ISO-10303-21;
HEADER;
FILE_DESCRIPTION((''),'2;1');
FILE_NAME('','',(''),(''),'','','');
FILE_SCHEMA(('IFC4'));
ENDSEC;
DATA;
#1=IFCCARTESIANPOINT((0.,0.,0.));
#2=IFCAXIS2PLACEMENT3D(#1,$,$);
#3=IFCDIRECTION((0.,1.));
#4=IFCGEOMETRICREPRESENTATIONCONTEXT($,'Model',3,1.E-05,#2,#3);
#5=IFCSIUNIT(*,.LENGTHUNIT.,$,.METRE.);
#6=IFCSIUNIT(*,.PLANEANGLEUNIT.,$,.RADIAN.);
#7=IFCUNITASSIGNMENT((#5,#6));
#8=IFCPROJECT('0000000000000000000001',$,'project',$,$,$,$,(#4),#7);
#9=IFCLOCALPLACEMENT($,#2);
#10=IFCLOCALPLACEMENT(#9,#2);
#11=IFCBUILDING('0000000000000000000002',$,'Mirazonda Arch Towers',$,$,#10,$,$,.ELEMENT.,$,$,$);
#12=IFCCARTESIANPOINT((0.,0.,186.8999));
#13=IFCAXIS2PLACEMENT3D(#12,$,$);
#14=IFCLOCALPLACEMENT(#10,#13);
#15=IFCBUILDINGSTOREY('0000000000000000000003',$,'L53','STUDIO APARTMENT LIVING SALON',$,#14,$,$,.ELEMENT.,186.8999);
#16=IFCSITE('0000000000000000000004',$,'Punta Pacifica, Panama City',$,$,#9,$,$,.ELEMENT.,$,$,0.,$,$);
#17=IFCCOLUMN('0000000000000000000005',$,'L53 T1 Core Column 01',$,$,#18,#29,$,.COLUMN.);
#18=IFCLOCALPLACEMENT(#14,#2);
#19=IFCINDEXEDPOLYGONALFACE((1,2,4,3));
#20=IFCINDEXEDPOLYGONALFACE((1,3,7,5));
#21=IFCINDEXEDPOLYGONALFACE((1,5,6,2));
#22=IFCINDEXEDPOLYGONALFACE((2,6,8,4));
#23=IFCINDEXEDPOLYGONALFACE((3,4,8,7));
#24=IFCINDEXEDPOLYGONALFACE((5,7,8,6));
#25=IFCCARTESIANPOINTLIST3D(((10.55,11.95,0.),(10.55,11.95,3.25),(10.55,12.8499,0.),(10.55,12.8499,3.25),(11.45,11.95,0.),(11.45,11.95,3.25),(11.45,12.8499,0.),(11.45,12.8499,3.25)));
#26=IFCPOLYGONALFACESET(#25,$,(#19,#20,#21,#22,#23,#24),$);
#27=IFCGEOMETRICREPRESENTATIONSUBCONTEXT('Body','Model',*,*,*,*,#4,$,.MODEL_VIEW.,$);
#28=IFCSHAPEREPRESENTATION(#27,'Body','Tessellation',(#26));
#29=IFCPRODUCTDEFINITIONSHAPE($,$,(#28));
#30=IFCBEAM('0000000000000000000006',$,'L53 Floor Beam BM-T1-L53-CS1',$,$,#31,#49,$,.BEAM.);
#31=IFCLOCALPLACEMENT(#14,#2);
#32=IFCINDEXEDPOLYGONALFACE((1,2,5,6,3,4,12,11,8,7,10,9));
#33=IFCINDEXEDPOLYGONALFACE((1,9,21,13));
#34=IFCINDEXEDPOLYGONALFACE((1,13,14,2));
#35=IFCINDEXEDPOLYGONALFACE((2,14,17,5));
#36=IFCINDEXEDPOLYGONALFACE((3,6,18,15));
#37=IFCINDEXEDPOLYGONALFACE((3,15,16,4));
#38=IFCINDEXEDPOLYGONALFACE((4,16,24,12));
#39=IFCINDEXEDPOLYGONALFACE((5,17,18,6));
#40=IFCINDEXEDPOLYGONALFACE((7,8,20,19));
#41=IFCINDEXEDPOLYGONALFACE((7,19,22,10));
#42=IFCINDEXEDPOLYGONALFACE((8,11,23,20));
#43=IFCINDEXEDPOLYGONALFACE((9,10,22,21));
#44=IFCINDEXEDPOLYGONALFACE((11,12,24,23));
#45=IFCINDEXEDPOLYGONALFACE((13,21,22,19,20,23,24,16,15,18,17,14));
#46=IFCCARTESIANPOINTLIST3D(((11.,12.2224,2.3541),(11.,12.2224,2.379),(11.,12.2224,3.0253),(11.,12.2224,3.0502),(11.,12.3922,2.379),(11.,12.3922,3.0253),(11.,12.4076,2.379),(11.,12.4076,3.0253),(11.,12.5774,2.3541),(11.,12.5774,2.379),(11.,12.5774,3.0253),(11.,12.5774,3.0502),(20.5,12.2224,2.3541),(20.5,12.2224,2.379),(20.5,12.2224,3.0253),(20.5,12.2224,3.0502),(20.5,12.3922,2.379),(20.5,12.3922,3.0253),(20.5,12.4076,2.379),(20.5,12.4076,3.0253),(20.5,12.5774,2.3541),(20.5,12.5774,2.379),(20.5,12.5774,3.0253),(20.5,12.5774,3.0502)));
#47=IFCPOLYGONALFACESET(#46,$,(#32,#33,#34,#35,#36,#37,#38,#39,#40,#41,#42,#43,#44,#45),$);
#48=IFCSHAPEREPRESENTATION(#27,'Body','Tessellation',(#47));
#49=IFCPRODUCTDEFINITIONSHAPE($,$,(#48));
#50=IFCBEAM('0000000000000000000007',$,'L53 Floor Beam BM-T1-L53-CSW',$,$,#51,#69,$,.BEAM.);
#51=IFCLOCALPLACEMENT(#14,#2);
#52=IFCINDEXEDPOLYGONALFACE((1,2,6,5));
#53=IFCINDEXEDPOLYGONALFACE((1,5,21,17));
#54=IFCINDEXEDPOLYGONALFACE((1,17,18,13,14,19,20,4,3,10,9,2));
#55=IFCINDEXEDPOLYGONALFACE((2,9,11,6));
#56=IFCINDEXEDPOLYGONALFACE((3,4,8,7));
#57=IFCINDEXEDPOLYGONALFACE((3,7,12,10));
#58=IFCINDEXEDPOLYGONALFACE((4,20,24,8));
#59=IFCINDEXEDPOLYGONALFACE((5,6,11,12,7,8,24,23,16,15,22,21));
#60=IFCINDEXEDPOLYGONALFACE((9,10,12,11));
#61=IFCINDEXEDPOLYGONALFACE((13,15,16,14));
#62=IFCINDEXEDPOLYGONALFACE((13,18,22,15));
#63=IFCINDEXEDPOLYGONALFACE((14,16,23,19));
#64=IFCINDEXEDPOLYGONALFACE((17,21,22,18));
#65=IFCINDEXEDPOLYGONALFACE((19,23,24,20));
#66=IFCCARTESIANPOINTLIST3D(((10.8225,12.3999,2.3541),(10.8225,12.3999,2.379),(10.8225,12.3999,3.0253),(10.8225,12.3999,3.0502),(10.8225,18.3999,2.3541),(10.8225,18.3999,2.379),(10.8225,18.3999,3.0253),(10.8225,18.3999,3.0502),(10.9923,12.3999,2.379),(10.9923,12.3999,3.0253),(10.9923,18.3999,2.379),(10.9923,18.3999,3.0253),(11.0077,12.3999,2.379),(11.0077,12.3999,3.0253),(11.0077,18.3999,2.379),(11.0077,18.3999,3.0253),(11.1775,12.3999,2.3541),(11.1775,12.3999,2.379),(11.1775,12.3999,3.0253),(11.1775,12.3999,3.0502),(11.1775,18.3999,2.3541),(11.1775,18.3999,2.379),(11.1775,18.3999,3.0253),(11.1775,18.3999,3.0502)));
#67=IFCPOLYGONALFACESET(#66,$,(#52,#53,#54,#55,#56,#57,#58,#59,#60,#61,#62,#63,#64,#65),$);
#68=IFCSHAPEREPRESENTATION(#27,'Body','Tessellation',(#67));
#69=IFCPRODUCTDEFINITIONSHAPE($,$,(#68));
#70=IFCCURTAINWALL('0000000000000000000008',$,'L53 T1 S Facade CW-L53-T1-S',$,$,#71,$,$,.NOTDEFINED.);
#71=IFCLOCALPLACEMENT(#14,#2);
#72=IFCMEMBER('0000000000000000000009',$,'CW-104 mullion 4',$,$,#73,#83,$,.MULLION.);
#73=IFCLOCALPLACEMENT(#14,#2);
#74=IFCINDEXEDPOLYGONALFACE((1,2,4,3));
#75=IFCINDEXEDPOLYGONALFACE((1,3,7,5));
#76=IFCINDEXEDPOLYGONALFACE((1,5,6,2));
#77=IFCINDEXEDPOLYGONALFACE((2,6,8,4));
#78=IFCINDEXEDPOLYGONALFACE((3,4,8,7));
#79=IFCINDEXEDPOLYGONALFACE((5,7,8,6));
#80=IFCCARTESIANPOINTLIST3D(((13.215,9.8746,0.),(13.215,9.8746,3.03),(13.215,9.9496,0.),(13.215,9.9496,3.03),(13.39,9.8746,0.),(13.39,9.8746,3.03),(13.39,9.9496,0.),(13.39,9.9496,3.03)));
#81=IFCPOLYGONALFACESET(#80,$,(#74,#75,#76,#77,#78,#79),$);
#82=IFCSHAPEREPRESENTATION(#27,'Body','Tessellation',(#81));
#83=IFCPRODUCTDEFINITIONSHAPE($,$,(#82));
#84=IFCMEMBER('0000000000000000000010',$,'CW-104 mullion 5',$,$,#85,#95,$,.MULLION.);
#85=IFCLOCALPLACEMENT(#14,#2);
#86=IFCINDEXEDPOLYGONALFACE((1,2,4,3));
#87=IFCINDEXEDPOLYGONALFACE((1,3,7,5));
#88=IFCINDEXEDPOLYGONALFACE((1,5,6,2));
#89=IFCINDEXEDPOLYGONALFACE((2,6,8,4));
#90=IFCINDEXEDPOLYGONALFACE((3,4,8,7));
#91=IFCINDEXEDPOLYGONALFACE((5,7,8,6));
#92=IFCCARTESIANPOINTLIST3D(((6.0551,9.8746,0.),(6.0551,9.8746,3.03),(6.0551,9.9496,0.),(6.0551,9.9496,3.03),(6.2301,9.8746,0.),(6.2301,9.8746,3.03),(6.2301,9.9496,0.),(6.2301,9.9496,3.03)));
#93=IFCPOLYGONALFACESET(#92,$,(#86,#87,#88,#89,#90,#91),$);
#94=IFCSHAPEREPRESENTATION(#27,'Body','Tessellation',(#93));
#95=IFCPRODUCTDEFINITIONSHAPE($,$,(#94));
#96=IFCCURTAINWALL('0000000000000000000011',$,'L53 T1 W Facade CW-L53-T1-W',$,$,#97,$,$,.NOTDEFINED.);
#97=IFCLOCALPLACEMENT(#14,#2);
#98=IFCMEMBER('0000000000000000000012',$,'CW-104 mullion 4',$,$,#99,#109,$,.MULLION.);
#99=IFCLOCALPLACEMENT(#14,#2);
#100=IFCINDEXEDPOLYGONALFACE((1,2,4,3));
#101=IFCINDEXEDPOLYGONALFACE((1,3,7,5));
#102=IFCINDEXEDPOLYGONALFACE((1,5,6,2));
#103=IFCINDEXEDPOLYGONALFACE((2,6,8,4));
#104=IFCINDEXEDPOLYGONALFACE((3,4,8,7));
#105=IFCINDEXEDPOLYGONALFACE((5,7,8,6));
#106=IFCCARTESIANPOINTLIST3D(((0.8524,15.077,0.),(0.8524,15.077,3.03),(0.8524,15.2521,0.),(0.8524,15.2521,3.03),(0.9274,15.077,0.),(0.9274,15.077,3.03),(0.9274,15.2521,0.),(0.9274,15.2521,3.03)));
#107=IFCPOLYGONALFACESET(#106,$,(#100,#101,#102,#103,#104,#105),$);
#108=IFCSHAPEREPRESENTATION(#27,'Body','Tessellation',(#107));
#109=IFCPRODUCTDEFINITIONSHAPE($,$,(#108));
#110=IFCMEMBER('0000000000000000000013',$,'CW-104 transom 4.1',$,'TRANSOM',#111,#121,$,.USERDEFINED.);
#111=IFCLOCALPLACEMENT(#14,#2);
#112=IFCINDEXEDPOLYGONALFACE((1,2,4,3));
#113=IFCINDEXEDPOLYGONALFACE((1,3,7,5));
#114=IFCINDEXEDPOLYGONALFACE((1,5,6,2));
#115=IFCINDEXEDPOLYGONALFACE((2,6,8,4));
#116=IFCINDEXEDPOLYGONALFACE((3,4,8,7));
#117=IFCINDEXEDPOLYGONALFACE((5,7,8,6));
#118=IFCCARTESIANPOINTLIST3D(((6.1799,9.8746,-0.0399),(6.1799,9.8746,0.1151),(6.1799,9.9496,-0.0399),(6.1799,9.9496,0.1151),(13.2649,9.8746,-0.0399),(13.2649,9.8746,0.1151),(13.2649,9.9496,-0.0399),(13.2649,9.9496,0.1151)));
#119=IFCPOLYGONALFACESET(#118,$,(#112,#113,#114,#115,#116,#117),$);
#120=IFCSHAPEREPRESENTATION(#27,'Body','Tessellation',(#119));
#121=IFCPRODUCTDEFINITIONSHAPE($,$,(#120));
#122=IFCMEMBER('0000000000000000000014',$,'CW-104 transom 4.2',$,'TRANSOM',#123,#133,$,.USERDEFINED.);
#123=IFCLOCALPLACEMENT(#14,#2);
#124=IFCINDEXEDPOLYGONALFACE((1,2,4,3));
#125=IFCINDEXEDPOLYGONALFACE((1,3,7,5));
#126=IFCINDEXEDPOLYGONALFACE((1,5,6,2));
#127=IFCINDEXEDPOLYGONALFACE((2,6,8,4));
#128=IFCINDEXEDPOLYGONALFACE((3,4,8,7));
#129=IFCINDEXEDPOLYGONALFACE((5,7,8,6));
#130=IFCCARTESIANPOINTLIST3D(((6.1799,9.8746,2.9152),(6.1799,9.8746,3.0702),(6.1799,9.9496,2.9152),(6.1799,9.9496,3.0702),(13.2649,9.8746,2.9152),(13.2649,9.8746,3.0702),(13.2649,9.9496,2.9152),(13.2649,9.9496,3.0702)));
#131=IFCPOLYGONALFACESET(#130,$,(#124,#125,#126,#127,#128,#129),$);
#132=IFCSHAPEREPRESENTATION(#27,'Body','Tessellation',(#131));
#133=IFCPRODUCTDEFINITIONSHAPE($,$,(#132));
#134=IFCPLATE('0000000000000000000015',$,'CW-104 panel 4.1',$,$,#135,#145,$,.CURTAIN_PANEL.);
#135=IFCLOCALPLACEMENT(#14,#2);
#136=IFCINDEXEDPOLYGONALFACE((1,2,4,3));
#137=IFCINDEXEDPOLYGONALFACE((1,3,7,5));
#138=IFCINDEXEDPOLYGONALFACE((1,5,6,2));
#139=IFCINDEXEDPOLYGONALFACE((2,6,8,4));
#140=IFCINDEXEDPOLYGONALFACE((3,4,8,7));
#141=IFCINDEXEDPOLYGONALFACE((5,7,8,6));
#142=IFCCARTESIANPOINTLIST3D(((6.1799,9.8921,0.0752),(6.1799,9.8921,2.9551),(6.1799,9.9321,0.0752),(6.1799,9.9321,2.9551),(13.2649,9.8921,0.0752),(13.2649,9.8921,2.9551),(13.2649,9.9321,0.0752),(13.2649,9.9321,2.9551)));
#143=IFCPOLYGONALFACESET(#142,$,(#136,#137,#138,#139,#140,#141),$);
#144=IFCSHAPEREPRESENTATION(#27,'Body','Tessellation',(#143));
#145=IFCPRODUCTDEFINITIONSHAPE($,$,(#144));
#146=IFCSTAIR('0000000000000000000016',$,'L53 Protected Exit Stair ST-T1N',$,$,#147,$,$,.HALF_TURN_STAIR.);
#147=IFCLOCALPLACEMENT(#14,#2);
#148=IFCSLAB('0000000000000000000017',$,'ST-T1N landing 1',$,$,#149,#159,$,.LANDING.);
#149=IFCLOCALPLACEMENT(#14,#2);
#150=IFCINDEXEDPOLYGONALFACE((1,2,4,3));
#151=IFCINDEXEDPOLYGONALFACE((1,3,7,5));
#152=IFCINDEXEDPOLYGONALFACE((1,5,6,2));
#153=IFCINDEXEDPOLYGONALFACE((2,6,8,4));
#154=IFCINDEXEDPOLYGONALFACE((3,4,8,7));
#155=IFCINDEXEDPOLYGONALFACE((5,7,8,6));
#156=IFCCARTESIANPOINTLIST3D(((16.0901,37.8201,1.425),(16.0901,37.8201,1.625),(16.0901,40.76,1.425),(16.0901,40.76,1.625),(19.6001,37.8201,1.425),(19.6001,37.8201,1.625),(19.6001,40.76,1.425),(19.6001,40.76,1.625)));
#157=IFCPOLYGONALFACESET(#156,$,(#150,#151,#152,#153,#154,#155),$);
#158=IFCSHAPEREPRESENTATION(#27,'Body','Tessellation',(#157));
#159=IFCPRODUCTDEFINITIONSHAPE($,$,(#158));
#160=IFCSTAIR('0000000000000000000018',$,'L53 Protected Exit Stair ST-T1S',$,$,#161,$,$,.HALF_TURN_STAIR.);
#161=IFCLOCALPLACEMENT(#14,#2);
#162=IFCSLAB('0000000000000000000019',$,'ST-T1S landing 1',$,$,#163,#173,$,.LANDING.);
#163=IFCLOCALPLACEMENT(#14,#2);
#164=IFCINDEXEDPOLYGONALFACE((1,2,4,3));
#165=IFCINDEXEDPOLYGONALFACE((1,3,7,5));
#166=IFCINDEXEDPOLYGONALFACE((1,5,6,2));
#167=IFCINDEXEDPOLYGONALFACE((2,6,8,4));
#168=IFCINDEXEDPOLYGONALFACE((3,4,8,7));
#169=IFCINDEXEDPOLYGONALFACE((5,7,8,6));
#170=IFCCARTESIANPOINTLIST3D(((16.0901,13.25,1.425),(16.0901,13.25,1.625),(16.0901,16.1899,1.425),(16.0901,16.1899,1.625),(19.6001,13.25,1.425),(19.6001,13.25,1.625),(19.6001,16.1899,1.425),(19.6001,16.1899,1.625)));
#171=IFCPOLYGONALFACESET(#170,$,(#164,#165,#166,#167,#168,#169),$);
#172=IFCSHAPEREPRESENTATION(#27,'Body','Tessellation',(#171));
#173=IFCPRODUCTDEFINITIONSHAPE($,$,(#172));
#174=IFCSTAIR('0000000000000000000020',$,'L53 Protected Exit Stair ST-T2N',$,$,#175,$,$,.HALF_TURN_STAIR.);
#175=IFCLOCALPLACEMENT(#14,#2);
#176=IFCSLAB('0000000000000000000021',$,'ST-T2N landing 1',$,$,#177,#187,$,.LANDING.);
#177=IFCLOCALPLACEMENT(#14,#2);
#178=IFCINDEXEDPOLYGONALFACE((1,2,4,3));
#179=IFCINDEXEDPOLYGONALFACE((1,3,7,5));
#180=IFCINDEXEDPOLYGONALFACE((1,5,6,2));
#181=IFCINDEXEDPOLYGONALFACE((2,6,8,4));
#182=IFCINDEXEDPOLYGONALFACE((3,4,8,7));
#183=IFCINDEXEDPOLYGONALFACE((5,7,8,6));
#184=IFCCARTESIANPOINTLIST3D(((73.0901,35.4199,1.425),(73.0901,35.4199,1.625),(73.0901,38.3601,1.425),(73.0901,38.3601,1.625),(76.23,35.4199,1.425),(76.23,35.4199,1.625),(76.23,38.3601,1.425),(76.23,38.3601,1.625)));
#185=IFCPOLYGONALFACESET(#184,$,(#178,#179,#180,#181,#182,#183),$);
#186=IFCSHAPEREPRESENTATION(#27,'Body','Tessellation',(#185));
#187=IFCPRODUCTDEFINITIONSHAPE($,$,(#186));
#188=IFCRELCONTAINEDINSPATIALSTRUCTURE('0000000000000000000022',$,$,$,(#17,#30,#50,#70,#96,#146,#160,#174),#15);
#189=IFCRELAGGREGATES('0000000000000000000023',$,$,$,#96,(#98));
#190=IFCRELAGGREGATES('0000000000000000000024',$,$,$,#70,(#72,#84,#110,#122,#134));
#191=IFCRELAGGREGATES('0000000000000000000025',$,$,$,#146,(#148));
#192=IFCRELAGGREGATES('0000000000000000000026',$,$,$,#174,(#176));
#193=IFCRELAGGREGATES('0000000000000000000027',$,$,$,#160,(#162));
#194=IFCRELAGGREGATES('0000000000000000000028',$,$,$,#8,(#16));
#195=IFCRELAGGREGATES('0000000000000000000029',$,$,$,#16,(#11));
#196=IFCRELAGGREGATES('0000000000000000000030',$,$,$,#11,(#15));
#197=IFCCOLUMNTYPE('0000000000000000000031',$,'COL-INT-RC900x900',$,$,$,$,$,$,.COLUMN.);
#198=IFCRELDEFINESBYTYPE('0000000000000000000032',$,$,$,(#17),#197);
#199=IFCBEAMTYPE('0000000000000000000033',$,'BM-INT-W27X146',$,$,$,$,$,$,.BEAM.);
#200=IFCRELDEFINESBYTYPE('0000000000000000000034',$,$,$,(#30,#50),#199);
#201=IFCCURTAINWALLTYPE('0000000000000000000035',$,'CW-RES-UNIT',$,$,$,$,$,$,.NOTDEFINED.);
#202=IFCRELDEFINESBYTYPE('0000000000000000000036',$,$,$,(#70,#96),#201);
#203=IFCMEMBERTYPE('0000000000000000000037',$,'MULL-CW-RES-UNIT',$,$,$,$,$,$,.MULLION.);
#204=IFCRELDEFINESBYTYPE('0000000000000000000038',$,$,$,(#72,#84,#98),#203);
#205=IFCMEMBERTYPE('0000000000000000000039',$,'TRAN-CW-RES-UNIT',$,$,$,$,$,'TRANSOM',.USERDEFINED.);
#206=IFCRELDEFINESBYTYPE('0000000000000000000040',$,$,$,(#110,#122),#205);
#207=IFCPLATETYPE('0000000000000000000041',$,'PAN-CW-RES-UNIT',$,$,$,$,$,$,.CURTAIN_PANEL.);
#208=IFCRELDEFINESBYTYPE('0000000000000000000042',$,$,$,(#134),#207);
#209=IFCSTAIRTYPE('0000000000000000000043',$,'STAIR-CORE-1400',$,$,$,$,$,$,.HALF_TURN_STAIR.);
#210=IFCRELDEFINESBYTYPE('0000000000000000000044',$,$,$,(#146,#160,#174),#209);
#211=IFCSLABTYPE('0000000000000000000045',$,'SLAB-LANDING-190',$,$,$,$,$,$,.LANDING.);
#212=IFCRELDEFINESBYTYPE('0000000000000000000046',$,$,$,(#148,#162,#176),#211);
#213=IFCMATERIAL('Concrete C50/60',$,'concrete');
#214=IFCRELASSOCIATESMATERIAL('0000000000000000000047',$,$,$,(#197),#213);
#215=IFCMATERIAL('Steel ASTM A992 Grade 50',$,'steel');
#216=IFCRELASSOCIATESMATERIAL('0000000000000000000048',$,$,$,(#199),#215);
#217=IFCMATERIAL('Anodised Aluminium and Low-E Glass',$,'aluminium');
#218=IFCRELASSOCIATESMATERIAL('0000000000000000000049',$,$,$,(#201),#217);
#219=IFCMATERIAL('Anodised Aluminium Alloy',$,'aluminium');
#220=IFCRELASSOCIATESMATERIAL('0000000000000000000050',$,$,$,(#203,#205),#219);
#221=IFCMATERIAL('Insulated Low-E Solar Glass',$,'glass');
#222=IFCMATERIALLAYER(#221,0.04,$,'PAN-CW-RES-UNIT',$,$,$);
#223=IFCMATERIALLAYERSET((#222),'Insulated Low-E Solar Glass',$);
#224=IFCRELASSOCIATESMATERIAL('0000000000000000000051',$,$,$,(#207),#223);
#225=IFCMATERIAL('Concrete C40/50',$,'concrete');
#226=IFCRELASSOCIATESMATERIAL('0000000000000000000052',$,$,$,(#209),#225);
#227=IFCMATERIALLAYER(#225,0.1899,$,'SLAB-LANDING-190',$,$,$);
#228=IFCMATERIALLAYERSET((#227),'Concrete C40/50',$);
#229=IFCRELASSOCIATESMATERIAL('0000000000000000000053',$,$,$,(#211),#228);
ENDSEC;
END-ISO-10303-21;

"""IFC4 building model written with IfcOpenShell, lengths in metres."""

from ifc_helpers import new_model, si_unit, direction, frame, origin, origin_2d, place, context, subcontext, project, spatial, polyline, rectangle, i_section, outline, extrude, material, layer, layer_set, material_profile, profile_set, type_object, element, aggregate, save


model = new_model("IFC4")

# Units and contexts
model_context = context("Model", 3, precision=1e-05, world=origin(), true_north=direction((0.0, 1.0)))
body_context = subcontext(model_context, "Body", "Model", "MODEL_VIEW")
ifc_project = project(units=[si_unit("LENGTHUNIT", "METRE"), si_unit("PLANEANGLEUNIT", "RADIAN")], contexts=[model_context])

# Site, building, storey
site_placement = place(None, origin())
site = spatial("IfcSite", under=ifc_project, at=site_placement, Name="Punta Pacifica, Panama City", CompositionType="ELEMENT", RefElevation=0.0)
building_placement = place(site_placement, origin())
building = spatial("IfcBuilding", under=site, at=building_placement, Name="Mirazonda Arch Towers", CompositionType="ELEMENT")
storey_placement = place(building_placement, frame((0.0, 0.0, 186.8999)))
storey = spatial("IfcBuildingStorey", under=building, at=storey_placement, Name="L53", Description="STUDIO APARTMENT LIVING SALON", CompositionType="ELEMENT", Elevation=186.8999)

# Column
ifc_material_1 = material(Name="Concrete C50/60", Category="concrete")
ifc_material_profile_1 = material_profile(ifc_material_1, rectangle(XDim=0.8999, YDim=0.8999, at=origin_2d()), Name="RC900x900")
ifc_profile_set_1 = profile_set([ifc_material_profile_1], Name="Concrete C50/60")
column_type = type_object("IfcColumnType", Name="COL-INT-RC900x900", PredefinedType="COLUMN", material=ifc_profile_set_1)
column_placement = place(storey_placement, frame((11.0, 12.3999, 0.0), z_axis=(0.0, 0.0, 1.0), x_axis=(1.0, 0.0, 0.0)))
element("IfcColumn", 1, at=column_placement, inside=storey, type_object=column_type, Name="L53 T1 Core Column 01", PredefinedType="COLUMN", context=body_context, shape_type="SweptSolid", body=[
    extrude(rectangle(XDim=0.8999, YDim=0.8999, at=origin_2d()), origin(), (0.0, 0.0, 1.0), 3.25),
])

# Beams
ifc_material_2 = material(Name="Steel ASTM A992 Grade 50", Category="steel")
ifc_material_profile_2 = material_profile(ifc_material_2, i_section(OverallWidth=0.355, OverallDepth=0.696, WebThickness=0.0154, FlangeThickness=0.0249, at=origin_2d()), Name="W27X146")
ifc_profile_set_2 = profile_set([ifc_material_profile_2], Name="Steel ASTM A992 Grade 50")
beam_type = type_object("IfcBeamType", Name="BM-INT-W27X146", PredefinedType="BEAM", material=ifc_profile_set_2)
beam_1_placement = place(storey_placement, frame((11.0, 12.3999, 2.7021), z_axis=(1.0, 0.0, 0.0), x_axis=(0.0, 1.0, 0.0)))
element("IfcBeam", 2, at=beam_1_placement, inside=storey, type_object=beam_type, Name="L53 Floor Beam BM-T1-L53-CS1", PredefinedType="BEAM", context=body_context, shape_type="SweptSolid", body=[
    extrude(i_section(OverallWidth=0.355, OverallDepth=0.696, WebThickness=0.0154, FlangeThickness=0.0249, at=origin_2d()), origin(), (0.0, 0.0, 1.0), 9.5),
])
beam_2_placement = place(storey_placement, frame((11.0, 12.3999, 2.7021), z_axis=(0.0, 1.0, 0.0), x_axis=(-1.0, 0.0, 0.0)))
element("IfcBeam", 3, at=beam_2_placement, inside=storey, type_object=beam_type, Name="L53 Floor Beam BM-T1-L53-CSW", PredefinedType="BEAM", context=body_context, shape_type="SweptSolid", body=[
    extrude(i_section(OverallWidth=0.355, OverallDepth=0.696, WebThickness=0.0154, FlangeThickness=0.0249, at=origin_2d()), origin(), (0.0, 0.0, 1.0), 6.0),
])

# Curtain wall, members
ifc_material_3 = material(Name="Anodised Aluminium and Low-E Glass", Category="aluminium")
curtain_wall_type = type_object("IfcCurtainWallType", Name="CW-RES-UNIT", PredefinedType="NOTDEFINED", material=ifc_material_3)
curtain_wall_1_placement = place(storey_placement, origin())
curtain_wall_1 = element("IfcCurtainWall", 4, at=curtain_wall_1_placement, inside=storey, type_object=curtain_wall_type, Name="L53 T1 S Facade CW-L53-T1-S", PredefinedType="NOTDEFINED")
ifc_material_4 = material(Name="Anodised Aluminium Alloy", Category="aluminium")
ifc_material_profile_3 = material_profile(ifc_material_4, rectangle(XDim=0.075, YDim=0.175, at=origin_2d()), Name="ALU-MULL-75x175")
ifc_profile_set_3 = profile_set([ifc_material_profile_3], Name="Anodised Aluminium Alloy")
member_type_1 = type_object("IfcMemberType", Name="MULL-CW-RES-UNIT", PredefinedType="MULLION", material=ifc_profile_set_3)
member_1_placement = place(storey_placement, frame((13.3025, 9.9121, 0.0), z_axis=(0.0, 0.0, 1.0), x_axis=(0.0, -1.0, 0.0)))
member_1 = element("IfcMember", 5, at=member_1_placement, type_object=member_type_1, Name="CW-104 mullion 4", PredefinedType="MULLION", context=body_context, shape_type="SweptSolid", body=[
    extrude(rectangle(XDim=0.075, YDim=0.175, at=origin_2d()), origin(), (0.0, 0.0, 1.0), 3.03),
])
member_2_placement = place(storey_placement, frame((6.1426, 9.9121, 0.0), z_axis=(0.0, 0.0, 1.0), x_axis=(0.0, -1.0, 0.0)))
member_2 = element("IfcMember", 6, at=member_2_placement, type_object=member_type_1, Name="CW-104 mullion 5", PredefinedType="MULLION", context=body_context, shape_type="SweptSolid", body=[
    extrude(rectangle(XDim=0.075, YDim=0.175, at=origin_2d()), origin(), (0.0, 0.0, 1.0), 3.03),
])

# Curtain wall, member
curtain_wall_2_placement = place(storey_placement, origin())
curtain_wall_2 = element("IfcCurtainWall", 7, at=curtain_wall_2_placement, inside=storey, type_object=curtain_wall_type, Name="L53 T1 W Facade CW-L53-T1-W", PredefinedType="NOTDEFINED")
member_3_placement = place(storey_placement, frame((0.8899, 15.1646, 0.0), z_axis=(0.0, 0.0, 1.0), x_axis=(1.0, 0.0, 0.0)))
member_3 = element("IfcMember", 8, at=member_3_placement, type_object=member_type_1, Name="CW-104 mullion 4", PredefinedType="MULLION", context=body_context, shape_type="SweptSolid", body=[
    extrude(rectangle(XDim=0.075, YDim=0.175, at=origin_2d()), origin(), (0.0, 0.0, 1.0), 3.03),
])
aggregate(curtain_wall_2, [member_3])

# Members
ifc_material_profile_4 = material_profile(ifc_material_4, rectangle(XDim=0.075, YDim=0.155, at=origin_2d()), Name="ALU-TRAN-75x155")
ifc_profile_set_4 = profile_set([ifc_material_profile_4], Name="Anodised Aluminium Alloy")
member_type_2 = type_object("IfcMemberType", Name="TRAN-CW-RES-UNIT", ElementType="TRANSOM", PredefinedType="USERDEFINED", material=ifc_profile_set_4)
member_4_placement = place(storey_placement, frame((13.2649, 9.9121, 0.0376), z_axis=(-1.0, 0.0, 0.0), x_axis=(0.0, -1.0, 0.0)))
member_4 = element("IfcMember", 9, at=member_4_placement, type_object=member_type_2, Name="CW-104 transom 4.1", ObjectType="TRANSOM", PredefinedType="USERDEFINED", context=body_context, shape_type="SweptSolid", body=[
    extrude(rectangle(XDim=0.075, YDim=0.155, at=origin_2d()), origin(), (0.0, 0.0, 1.0), 7.085),
])
member_5_placement = place(storey_placement, frame((13.2649, 9.9121, 2.9927), z_axis=(-1.0, 0.0, 0.0), x_axis=(0.0, -1.0, 0.0)))
member_5 = element("IfcMember", 10, at=member_5_placement, type_object=member_type_2, Name="CW-104 transom 4.2", ObjectType="TRANSOM", PredefinedType="USERDEFINED", context=body_context, shape_type="SweptSolid", body=[
    extrude(rectangle(XDim=0.075, YDim=0.155, at=origin_2d()), origin(), (0.0, 0.0, 1.0), 7.085),
])

# Plate
ifc_material_5 = material(Name="Insulated Low-E Solar Glass", Category="glass")
ifc_layer_1 = layer(ifc_material_5, 0.04, Name="PAN-CW-RES-UNIT")
ifc_layer_set_1 = layer_set([ifc_layer_1], Name="Insulated Low-E Solar Glass")
plate_type = type_object("IfcPlateType", Name="PAN-CW-RES-UNIT", PredefinedType="CURTAIN_PANEL", material=ifc_layer_set_1)
plate_placement = place(storey_placement, frame((9.7224, 9.9121, 0.0752), z_axis=(0.0, 0.0, 1.0), x_axis=(-1.0, 0.0, 0.0)))
plate = element("IfcPlate", 11, at=plate_placement, type_object=plate_type, Name="CW-104 panel 4.1", PredefinedType="CURTAIN_PANEL", context=body_context, shape_type="SweptSolid", body=[
    extrude(rectangle(XDim=7.085, YDim=0.04, at=origin_2d()), origin(), (0.0, 0.0, 1.0), 2.8799),
])
aggregate(curtain_wall_1, [member_1, member_2, member_4, member_5, plate])

# Stairs, slabs
ifc_material_6 = material(Name="Concrete C40/50", Category="concrete")
stair_type = type_object("IfcStairType", Name="STAIR-CORE-1400", PredefinedType="HALF_TURN_STAIR", material=ifc_material_6)
stair_1_placement = place(storey_placement, origin())
stair_1 = element("IfcStair", 12, at=stair_1_placement, inside=storey, type_object=stair_type, Name="L53 Protected Exit Stair ST-T1N", PredefinedType="HALF_TURN_STAIR")
ifc_layer_2 = layer(ifc_material_6, 0.1899, Name="SLAB-LANDING-190")
ifc_layer_set_2 = layer_set([ifc_layer_2], Name="Concrete C40/50")
slab_type_1 = type_object("IfcSlabType", Name="SLAB-LANDING-190", PredefinedType="LANDING", material=ifc_layer_set_2)
slab_1_placement = place(storey_placement, frame((0.0, 0.0, 1.425)))
slab_1 = element("IfcSlab", 13, at=slab_1_placement, type_object=slab_type_1, Name="ST-T1N landing 1", PredefinedType="LANDING", context=body_context, shape_type="SweptSolid", body=[
    extrude(outline(polyline([(16.0901, 37.8201), (19.6001, 37.8201), (19.6001, 40.76), (16.0901, 40.76), (16.0901, 37.8201)])), origin(), (0.0, 0.0, 1.0), 0.2),
])
aggregate(stair_1, [slab_1])
stair_2_placement = place(storey_placement, origin())
stair_2 = element("IfcStair", 14, at=stair_2_placement, inside=storey, type_object=stair_type, Name="L53 Protected Exit Stair ST-T1S", PredefinedType="HALF_TURN_STAIR")
slab_2_placement = place(storey_placement, frame((0.0, 0.0, 1.425)))
slab_2 = element("IfcSlab", 15, at=slab_2_placement, type_object=slab_type_1, Name="ST-T1S landing 1", PredefinedType="LANDING", context=body_context, shape_type="SweptSolid", body=[
    extrude(outline(polyline([(16.0901, 13.25), (19.6001, 13.25), (19.6001, 16.1899), (16.0901, 16.1899), (16.0901, 13.25)])), origin(), (0.0, 0.0, 1.0), 0.2),
])
stair_3_placement = place(storey_placement, origin())
stair_3 = element("IfcStair", 16, at=stair_3_placement, inside=storey, type_object=stair_type, Name="L53 Protected Exit Stair ST-T2N", PredefinedType="HALF_TURN_STAIR")
slab_3_placement = place(storey_placement, frame((0.0, 0.0, 1.425)))
slab_3 = element("IfcSlab", 17, at=slab_3_placement, type_object=slab_type_1, Name="ST-T2N landing 1", PredefinedType="LANDING", context=body_context, shape_type="SweptSolid", body=[
    extrude(outline(polyline([(73.0901, 35.4199), (76.23, 35.4199), (76.23, 38.3601), (73.0901, 38.3601), (73.0901, 35.4199)])), origin(), (0.0, 0.0, 1.0), 0.2),
])
aggregate(stair_3, [slab_3])

aggregate(stair_2, [slab_2])

save(model, "model.ifc")
